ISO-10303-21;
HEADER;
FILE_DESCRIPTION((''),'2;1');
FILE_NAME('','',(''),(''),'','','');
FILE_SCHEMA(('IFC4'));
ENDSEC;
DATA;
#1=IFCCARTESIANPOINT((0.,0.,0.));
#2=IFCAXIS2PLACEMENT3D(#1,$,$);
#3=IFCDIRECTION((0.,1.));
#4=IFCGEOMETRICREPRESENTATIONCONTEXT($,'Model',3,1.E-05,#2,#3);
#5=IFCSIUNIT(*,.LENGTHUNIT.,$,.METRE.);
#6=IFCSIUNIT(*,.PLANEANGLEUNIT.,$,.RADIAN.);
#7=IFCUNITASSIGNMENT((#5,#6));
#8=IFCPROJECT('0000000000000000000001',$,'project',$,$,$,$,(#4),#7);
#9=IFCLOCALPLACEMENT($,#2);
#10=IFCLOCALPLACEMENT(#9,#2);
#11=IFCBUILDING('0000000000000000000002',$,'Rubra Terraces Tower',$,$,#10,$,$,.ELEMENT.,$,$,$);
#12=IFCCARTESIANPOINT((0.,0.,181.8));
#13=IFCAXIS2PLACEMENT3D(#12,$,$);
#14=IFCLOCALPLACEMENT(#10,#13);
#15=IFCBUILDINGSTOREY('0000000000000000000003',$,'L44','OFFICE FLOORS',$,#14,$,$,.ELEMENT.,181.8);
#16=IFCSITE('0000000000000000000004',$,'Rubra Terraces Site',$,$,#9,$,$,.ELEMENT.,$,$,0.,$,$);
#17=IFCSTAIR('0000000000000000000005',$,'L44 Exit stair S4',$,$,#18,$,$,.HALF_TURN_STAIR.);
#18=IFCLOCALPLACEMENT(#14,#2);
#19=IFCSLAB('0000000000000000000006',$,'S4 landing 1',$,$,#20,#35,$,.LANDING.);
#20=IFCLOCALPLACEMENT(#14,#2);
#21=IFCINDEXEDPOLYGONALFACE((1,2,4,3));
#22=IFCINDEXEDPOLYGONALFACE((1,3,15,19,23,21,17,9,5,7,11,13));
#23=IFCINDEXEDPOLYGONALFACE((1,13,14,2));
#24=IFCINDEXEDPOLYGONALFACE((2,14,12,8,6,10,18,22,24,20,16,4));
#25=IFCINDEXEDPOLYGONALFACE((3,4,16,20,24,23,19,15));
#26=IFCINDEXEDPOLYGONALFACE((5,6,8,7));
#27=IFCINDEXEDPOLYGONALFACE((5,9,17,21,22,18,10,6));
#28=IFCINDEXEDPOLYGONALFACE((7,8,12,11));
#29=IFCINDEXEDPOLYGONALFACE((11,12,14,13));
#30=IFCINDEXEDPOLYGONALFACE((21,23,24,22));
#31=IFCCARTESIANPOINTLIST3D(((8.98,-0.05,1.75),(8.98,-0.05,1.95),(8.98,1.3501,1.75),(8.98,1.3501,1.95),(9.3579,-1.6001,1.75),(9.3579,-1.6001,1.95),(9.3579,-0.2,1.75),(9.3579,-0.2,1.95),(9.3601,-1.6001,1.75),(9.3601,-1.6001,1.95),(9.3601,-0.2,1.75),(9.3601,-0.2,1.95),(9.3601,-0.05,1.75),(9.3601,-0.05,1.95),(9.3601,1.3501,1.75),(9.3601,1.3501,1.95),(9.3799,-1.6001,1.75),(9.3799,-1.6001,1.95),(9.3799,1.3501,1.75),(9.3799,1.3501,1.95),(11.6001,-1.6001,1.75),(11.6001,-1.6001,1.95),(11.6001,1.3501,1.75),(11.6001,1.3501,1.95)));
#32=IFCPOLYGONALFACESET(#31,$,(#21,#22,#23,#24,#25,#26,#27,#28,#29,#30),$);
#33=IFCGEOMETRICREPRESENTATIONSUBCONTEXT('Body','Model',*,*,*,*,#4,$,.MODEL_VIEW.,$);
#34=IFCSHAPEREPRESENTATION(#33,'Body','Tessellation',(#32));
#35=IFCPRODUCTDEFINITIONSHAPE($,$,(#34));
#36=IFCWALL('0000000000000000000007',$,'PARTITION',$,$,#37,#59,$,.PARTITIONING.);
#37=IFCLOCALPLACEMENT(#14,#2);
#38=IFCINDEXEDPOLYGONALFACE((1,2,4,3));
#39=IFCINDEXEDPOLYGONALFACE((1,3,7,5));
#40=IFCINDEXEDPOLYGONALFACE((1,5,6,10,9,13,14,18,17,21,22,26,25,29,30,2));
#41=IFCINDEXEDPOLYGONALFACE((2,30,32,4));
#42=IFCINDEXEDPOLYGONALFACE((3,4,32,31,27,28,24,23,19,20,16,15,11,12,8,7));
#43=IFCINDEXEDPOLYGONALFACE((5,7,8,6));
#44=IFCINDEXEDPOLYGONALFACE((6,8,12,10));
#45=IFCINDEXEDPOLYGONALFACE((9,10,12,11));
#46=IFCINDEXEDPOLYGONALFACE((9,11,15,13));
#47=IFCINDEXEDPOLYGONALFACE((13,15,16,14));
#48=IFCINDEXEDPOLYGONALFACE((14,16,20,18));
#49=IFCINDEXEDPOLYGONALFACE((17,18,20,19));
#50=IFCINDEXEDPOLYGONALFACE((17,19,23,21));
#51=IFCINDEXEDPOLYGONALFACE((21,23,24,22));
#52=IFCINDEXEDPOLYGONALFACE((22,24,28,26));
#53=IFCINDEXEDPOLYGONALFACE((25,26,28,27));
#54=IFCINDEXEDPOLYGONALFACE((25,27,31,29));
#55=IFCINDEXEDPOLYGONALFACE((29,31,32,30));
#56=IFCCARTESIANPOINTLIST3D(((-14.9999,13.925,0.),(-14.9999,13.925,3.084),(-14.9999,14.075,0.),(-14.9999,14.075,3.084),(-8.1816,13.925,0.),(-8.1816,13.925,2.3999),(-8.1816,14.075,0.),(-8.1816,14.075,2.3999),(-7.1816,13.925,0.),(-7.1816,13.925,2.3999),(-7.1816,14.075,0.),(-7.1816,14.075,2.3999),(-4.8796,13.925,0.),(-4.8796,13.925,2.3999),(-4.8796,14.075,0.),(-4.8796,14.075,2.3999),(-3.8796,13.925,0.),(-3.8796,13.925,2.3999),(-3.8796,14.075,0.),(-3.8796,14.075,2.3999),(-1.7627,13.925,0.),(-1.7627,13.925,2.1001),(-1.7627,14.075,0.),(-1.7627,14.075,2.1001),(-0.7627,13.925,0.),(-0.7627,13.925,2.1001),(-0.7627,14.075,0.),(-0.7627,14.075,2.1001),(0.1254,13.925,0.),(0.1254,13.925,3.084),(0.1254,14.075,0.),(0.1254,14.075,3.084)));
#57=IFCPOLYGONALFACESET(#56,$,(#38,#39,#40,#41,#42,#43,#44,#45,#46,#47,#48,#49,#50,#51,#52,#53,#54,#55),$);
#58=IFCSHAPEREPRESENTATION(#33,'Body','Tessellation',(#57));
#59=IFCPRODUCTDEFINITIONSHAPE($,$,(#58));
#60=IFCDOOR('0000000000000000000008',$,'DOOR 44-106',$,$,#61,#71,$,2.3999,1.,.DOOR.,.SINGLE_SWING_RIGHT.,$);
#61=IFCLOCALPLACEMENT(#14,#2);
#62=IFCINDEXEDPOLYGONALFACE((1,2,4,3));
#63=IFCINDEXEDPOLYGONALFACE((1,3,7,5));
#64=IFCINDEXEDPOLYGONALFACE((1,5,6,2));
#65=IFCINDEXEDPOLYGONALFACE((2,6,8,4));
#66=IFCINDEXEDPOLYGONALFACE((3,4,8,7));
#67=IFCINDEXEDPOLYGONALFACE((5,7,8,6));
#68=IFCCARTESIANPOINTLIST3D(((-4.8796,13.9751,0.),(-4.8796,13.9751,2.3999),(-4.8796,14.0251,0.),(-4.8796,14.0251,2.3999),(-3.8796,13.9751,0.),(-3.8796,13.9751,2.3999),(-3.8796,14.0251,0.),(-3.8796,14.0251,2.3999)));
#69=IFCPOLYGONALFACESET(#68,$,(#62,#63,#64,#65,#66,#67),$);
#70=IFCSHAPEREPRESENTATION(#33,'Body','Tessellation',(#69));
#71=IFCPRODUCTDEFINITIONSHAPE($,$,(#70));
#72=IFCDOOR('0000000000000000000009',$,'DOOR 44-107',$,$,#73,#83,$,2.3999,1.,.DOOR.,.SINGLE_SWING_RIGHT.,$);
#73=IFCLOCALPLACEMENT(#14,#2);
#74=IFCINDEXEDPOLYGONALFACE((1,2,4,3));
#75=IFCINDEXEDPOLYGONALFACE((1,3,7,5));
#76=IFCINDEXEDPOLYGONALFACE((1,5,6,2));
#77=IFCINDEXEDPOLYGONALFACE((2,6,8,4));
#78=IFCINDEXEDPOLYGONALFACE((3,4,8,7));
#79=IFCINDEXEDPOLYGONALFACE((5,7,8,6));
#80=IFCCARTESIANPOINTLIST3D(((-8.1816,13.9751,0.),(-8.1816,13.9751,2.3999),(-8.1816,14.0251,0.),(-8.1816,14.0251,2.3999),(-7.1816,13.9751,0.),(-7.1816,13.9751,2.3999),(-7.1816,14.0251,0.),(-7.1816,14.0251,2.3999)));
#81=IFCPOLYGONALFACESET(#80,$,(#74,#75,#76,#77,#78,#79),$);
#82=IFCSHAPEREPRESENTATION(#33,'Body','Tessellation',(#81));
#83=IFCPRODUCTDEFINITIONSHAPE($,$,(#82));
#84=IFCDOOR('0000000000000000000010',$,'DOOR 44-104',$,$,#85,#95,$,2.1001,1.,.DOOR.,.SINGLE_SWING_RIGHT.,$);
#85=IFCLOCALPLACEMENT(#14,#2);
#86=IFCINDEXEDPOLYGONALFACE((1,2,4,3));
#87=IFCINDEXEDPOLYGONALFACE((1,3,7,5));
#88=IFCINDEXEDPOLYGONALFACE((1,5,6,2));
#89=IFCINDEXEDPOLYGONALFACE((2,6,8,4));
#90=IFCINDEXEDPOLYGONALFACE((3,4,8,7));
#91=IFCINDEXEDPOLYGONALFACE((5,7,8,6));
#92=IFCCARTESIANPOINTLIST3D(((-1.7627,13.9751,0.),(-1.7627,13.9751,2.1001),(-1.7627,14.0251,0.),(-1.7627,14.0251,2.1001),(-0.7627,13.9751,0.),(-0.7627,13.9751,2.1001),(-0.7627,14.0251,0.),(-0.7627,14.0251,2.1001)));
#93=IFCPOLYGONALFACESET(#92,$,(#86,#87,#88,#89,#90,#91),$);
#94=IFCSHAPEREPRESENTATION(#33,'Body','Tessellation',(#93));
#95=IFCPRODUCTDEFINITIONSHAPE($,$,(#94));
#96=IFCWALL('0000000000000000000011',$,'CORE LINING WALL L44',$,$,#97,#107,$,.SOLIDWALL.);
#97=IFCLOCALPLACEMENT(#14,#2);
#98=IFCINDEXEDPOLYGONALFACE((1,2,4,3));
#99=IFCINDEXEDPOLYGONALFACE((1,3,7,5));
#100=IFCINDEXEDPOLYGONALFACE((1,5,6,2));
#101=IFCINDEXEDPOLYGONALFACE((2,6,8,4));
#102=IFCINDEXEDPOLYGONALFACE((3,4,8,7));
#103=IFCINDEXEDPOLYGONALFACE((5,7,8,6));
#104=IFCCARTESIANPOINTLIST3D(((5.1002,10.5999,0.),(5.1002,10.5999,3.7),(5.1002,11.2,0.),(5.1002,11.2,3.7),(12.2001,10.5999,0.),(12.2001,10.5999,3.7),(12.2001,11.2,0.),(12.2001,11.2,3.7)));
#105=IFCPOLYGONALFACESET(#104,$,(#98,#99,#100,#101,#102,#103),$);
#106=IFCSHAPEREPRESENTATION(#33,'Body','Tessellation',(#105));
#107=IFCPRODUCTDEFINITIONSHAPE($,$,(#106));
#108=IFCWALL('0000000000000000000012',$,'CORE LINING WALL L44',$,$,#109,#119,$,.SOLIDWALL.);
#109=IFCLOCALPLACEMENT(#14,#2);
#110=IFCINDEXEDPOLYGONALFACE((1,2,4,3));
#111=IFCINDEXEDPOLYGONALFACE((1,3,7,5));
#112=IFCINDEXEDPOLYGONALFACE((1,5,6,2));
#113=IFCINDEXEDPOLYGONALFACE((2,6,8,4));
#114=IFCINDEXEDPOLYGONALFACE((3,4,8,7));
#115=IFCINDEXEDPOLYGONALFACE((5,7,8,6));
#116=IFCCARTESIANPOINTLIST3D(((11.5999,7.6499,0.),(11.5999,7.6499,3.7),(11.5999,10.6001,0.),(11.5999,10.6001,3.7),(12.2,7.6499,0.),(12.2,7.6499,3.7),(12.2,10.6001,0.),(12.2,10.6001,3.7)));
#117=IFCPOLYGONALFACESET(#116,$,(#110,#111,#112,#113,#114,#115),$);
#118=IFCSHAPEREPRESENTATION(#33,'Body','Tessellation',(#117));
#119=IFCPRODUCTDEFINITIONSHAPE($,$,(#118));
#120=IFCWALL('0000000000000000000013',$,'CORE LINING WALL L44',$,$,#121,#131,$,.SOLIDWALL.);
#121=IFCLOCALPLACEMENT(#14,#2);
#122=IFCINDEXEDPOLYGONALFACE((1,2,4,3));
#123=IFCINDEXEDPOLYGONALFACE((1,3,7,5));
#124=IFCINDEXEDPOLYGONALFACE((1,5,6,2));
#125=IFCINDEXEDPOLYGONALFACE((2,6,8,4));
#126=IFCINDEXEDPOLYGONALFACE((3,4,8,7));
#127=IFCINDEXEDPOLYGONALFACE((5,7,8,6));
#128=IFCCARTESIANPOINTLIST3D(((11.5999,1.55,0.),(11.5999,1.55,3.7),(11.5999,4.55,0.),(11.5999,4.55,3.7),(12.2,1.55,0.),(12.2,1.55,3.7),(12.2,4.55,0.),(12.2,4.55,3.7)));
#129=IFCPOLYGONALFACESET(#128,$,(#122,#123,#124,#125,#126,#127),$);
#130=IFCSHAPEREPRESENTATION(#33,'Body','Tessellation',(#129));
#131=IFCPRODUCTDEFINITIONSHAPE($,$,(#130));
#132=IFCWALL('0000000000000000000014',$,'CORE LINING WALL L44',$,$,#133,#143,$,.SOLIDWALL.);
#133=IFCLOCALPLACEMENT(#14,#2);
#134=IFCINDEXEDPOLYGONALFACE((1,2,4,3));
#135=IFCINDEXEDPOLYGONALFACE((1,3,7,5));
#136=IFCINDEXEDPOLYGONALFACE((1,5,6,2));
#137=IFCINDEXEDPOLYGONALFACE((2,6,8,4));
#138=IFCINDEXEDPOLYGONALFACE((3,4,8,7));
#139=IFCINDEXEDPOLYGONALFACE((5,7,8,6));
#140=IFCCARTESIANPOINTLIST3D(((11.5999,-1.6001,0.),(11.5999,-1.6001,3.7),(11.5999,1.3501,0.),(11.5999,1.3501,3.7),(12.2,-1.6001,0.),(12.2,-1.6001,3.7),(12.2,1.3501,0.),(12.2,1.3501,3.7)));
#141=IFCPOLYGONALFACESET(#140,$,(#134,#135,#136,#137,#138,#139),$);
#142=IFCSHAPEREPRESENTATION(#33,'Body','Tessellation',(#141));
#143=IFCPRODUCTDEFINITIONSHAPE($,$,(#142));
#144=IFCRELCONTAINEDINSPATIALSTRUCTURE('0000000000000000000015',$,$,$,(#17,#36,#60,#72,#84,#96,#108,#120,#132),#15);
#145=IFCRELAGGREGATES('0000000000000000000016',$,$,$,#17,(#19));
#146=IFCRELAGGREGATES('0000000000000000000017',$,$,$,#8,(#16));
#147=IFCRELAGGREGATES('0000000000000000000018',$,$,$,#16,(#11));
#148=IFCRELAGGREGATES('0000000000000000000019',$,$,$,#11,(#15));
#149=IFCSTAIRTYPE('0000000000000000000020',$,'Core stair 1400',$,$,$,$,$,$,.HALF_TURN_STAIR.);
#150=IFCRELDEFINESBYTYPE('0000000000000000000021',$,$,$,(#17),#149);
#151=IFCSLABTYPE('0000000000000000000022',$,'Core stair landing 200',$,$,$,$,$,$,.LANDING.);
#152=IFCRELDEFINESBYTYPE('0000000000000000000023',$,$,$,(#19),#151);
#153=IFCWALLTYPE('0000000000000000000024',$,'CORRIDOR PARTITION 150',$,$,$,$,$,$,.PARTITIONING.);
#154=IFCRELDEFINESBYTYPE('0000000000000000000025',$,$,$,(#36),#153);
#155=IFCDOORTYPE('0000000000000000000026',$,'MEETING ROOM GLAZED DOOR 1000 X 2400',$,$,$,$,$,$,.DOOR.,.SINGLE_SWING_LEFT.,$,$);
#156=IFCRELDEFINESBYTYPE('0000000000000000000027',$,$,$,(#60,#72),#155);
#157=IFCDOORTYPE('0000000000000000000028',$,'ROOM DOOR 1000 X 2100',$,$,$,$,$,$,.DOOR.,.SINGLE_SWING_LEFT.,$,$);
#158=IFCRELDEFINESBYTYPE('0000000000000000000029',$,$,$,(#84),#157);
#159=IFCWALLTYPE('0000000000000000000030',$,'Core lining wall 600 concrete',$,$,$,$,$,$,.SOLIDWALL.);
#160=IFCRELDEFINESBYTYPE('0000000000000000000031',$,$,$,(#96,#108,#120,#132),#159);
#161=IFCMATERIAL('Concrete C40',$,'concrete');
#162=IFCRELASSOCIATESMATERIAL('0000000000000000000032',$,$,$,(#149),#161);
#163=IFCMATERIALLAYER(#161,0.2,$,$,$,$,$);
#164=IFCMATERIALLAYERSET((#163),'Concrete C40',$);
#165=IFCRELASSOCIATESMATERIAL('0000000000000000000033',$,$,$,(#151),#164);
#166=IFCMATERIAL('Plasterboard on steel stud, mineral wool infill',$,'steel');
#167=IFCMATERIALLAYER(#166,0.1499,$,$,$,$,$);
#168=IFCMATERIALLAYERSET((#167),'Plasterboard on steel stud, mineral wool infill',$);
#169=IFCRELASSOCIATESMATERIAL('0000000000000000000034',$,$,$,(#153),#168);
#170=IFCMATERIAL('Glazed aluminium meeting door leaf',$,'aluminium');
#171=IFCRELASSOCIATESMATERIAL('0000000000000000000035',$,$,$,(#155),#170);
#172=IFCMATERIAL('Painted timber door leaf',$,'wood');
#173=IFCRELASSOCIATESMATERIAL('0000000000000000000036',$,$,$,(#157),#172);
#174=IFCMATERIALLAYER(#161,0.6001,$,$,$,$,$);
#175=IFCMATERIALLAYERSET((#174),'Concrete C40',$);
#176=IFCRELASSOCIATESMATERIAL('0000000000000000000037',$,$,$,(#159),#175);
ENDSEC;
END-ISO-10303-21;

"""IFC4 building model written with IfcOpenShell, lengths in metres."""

from ifc_helpers import new_model, si_unit, direction, frame, frame_2d, origin, place, context, subcontext, project, spatial, polyline, rectangle, outline, extrude, material, layer, layer_set, type_object, element, fill, aggregate, save


model = new_model("IFC4")

# Units and contexts
model_context = context("Model", 3, precision=1e-05, world=origin(), true_north=direction((0.0, 1.0)))
body_context = subcontext(model_context, "Body", "Model", "MODEL_VIEW")
ifc_project = project(units=[si_unit("LENGTHUNIT", "METRE"), si_unit("PLANEANGLEUNIT", "RADIAN")], contexts=[model_context])

# Site, building, storey
site_placement = place(None, origin())
site = spatial("IfcSite", under=ifc_project, at=site_placement, Name="Rubra Terraces Site", CompositionType="ELEMENT", RefElevation=0.0)
building_placement = place(site_placement, origin())
building = spatial("IfcBuilding", under=site, at=building_placement, Name="Rubra Terraces Tower", CompositionType="ELEMENT")
storey_placement = place(building_placement, frame((0.0, 0.0, 181.8)))
storey = spatial("IfcBuildingStorey", under=building, at=storey_placement, Name="L44", Description="OFFICE FLOORS", CompositionType="ELEMENT", Elevation=181.8)

# Stair, slab
ifc_material_1 = material(Name="Concrete C40", Category="concrete")
stair_type = type_object("IfcStairType", Name="Core stair 1400", PredefinedType="HALF_TURN_STAIR", material=ifc_material_1)
stair_1_placement = place(storey_placement, origin())
stair_1 = element("IfcStair", 1, at=stair_1_placement, inside=storey, type_object=stair_type, Name="L44 Exit stair S4", PredefinedType="HALF_TURN_STAIR")
ifc_layer_1 = layer(ifc_material_1, 0.2)
ifc_layer_set_1 = layer_set([ifc_layer_1], Name="Concrete C40")
slab_type = type_object("IfcSlabType", Name="Core stair landing 200", PredefinedType="LANDING", material=ifc_layer_set_1)
slab_placement = place(storey_placement, frame((0.0, 0.0, 1.75)))
slab = element("IfcSlab", 2, at=slab_placement, type_object=slab_type, Name="S4 landing 1", PredefinedType="LANDING", context=body_context, shape_type="SweptSolid", body=[
    extrude(outline(polyline([(9.3601, -0.2), (9.3601, -0.05), (8.98, -0.05), (8.98, 1.3501), (9.3601, 1.3501), (9.3799, 1.3501), (11.6001, 1.3501), (11.6001, -1.6001), (9.3799, -1.6001), (9.3601, -1.6001), (9.3579, -1.6001), (9.3579, -0.2), (9.3601, -0.2)])), origin(), (0.0, 0.0, 1.0), 0.2),
])

# Wall, openings, doors
ifc_material_2 = material(Name="Plasterboard on steel stud, mineral wool infill", Category="steel")
ifc_layer_2 = layer(ifc_material_2, 0.1499)
ifc_layer_set_2 = layer_set([ifc_layer_2], Name="Plasterboard on steel stud, mineral wool infill")
wall_type_1 = type_object("IfcWallType", Name="CORRIDOR PARTITION 150", PredefinedType="PARTITIONING", material=ifc_layer_set_2)
wall_1_placement = place(storey_placement, frame((0.1252, 14.0, 0.0), z_axis=(0.0, 0.0, 1.0), x_axis=(-1.0, 0.0, 0.0)))
wall_1 = element("IfcWall", 3, at=wall_1_placement, inside=storey, type_object=wall_type_1, Name="PARTITION", PredefinedType="PARTITIONING", context=body_context, shape_type="SweptSolid", body=[
    extrude(rectangle(XDim=15.1252, YDim=0.1499, at=frame_2d((7.5625, 0.0))), origin(), (0.0, 0.0, 1.0), 3.084),
])
opening_1_placement = place(wall_1_placement, frame((0.8879, 0.0, 0.0)))
opening_1 = element("IfcOpeningElement", 4, at=opening_1_placement, cuts=wall_1, PredefinedType="OPENING", context=body_context, shape_type="SweptSolid", body=[
    extrude(rectangle(XDim=1.0, YDim=2.1001, at=frame_2d((0.5, 1.05))), frame((0.0, 0.085, 0.0), z_axis=(0.0, -1.0, 0.0), x_axis=(1.0, 0.0, 0.0)), (0.0, 0.0, 1.0), 0.1699),
])
opening_2_placement = place(wall_1_placement, frame((4.0049, 0.0, 0.0)))
opening_2 = element("IfcOpeningElement", 5, at=opening_2_placement, cuts=wall_1, PredefinedType="OPENING", context=body_context, shape_type="SweptSolid", body=[
    extrude(rectangle(XDim=1.0, YDim=2.3999, at=frame_2d((0.5, 1.2))), frame((0.0, 0.085, 0.0), z_axis=(0.0, -1.0, 0.0), x_axis=(1.0, 0.0, 0.0)), (0.0, 0.0, 1.0), 0.1699),
])
opening_3_placement = place(wall_1_placement, frame((7.3069, 0.0, 0.0)))
opening_3 = element("IfcOpeningElement", 6, at=opening_3_placement, cuts=wall_1, PredefinedType="OPENING", context=body_context, shape_type="SweptSolid", body=[
    extrude(rectangle(XDim=1.0, YDim=2.3999, at=frame_2d((0.5, 1.2))), frame((0.0, 0.085, 0.0), z_axis=(0.0, -1.0, 0.0), x_axis=(1.0, 0.0, 0.0)), (0.0, 0.0, 1.0), 0.1699),
])
ifc_material_3 = material(Name="Glazed aluminium meeting door leaf", Category="aluminium")
door_type_1 = type_object("IfcDoorType", Name="MEETING ROOM GLAZED DOOR 1000 X 2400", OperationType="SINGLE_SWING_LEFT", PredefinedType="DOOR", material=ifc_material_3)
door_1_placement = place(opening_2_placement, origin())
door_1 = element("IfcDoor", 7, at=door_1_placement, inside=storey, type_object=door_type_1, Name="DOOR 44-106", OperationType="SINGLE_SWING_RIGHT", OverallHeight=2.3999, OverallWidth=1.0, PredefinedType="DOOR", context=body_context, shape_type="SweptSolid", body=[
    extrude(rectangle(XDim=1.0, YDim=2.3999, at=frame_2d((0.5, 1.2))), frame((0.0, 0.0249, 0.0), z_axis=(0.0, -1.0, 0.0), x_axis=(1.0, 0.0, 0.0)), (0.0, 0.0, 1.0), 0.05),
])
fill(opening_2, door_1)
door_2_placement = place(opening_3_placement, origin())
door_2 = element("IfcDoor", 8, at=door_2_placement, inside=storey, type_object=door_type_1, Name="DOOR 44-107", OperationType="SINGLE_SWING_RIGHT", OverallHeight=2.3999, OverallWidth=1.0, PredefinedType="DOOR", context=body_context, shape_type="SweptSolid", body=[
    extrude(rectangle(XDim=1.0, YDim=2.3999, at=frame_2d((0.5, 1.2))), frame((0.0, 0.0249, 0.0), z_axis=(0.0, -1.0, 0.0), x_axis=(1.0, 0.0, 0.0)), (0.0, 0.0, 1.0), 0.05),
])
fill(opening_3, door_2)
ifc_material_4 = material(Name="Painted timber door leaf", Category="wood")
door_type_2 = type_object("IfcDoorType", Name="ROOM DOOR 1000 X 2100", OperationType="SINGLE_SWING_LEFT", PredefinedType="DOOR", material=ifc_material_4)
door_3_placement = place(opening_1_placement, origin())
door_3 = element("IfcDoor", 9, at=door_3_placement, inside=storey, type_object=door_type_2, Name="DOOR 44-104", OperationType="SINGLE_SWING_RIGHT", OverallHeight=2.1001, OverallWidth=1.0, PredefinedType="DOOR", context=body_context, shape_type="SweptSolid", body=[
    extrude(rectangle(XDim=1.0, YDim=2.1001, at=frame_2d((0.5, 1.05))), frame((0.0, 0.0249, 0.0), z_axis=(0.0, -1.0, 0.0), x_axis=(1.0, 0.0, 0.0)), (0.0, 0.0, 1.0), 0.05),
])
fill(opening_1, door_3)

# Walls
ifc_layer_3 = layer(ifc_material_1, 0.6001)
ifc_layer_set_3 = layer_set([ifc_layer_3], Name="Concrete C40")
wall_type_2 = type_object("IfcWallType", Name="Core lining wall 600 concrete", PredefinedType="SOLIDWALL", material=ifc_layer_set_3)
wall_2_placement = place(storey_placement, frame((12.2, 10.8999, 0.0), z_axis=(0.0, 0.0, 1.0), x_axis=(-1.0, 0.0, 0.0)))
element("IfcWall", 10, at=wall_2_placement, inside=storey, type_object=wall_type_2, Name="CORE LINING WALL L44", PredefinedType="SOLIDWALL", context=body_context, shape_type="SweptSolid", body=[
    extrude(rectangle(XDim=7.0999, YDim=0.6001, at=frame_2d((3.5498, 0.0))), origin(), (0.0, 0.0, 1.0), 3.7),
])
wall_3_placement = place(storey_placement, frame((11.8999, 10.6001, 0.0), z_axis=(0.0, 0.0, 1.0), x_axis=(0.0, -1.0, 0.0)))
element("IfcWall", 11, at=wall_3_placement, inside=storey, type_object=wall_type_2, Name="CORE LINING WALL L44", PredefinedType="SOLIDWALL", context=body_context, shape_type="SweptSolid", body=[
    extrude(rectangle(XDim=2.9502, YDim=0.6001, at=frame_2d((1.4751, 0.0))), origin(), (0.0, 0.0, 1.0), 3.7),
])
wall_4_placement = place(storey_placement, frame((11.8999, 4.55, 0.0), z_axis=(0.0, 0.0, 1.0), x_axis=(0.0, -1.0, 0.0)))
element("IfcWall", 12, at=wall_4_placement, inside=storey, type_object=wall_type_2, Name="CORE LINING WALL L44", PredefinedType="SOLIDWALL", context=body_context, shape_type="SweptSolid", body=[
    extrude(rectangle(XDim=3.0, YDim=0.6001, at=frame_2d((1.5, 0.0))), origin(), (0.0, 0.0, 1.0), 3.7),
])
wall_5_placement = place(storey_placement, frame((11.8999, 1.3501, 0.0), z_axis=(0.0, 0.0, 1.0), x_axis=(0.0, -1.0, 0.0)))
element("IfcWall", 13, at=wall_5_placement, inside=storey, type_object=wall_type_2, Name="CORE LINING WALL L44", PredefinedType="SOLIDWALL", context=body_context, shape_type="SweptSolid", body=[
    extrude(rectangle(XDim=2.9502, YDim=0.6001, at=frame_2d((1.4751, 0.0))), origin(), (0.0, 0.0, 1.0), 3.7),
])

aggregate(stair_1, [slab])

save(model, "model.ifc")
